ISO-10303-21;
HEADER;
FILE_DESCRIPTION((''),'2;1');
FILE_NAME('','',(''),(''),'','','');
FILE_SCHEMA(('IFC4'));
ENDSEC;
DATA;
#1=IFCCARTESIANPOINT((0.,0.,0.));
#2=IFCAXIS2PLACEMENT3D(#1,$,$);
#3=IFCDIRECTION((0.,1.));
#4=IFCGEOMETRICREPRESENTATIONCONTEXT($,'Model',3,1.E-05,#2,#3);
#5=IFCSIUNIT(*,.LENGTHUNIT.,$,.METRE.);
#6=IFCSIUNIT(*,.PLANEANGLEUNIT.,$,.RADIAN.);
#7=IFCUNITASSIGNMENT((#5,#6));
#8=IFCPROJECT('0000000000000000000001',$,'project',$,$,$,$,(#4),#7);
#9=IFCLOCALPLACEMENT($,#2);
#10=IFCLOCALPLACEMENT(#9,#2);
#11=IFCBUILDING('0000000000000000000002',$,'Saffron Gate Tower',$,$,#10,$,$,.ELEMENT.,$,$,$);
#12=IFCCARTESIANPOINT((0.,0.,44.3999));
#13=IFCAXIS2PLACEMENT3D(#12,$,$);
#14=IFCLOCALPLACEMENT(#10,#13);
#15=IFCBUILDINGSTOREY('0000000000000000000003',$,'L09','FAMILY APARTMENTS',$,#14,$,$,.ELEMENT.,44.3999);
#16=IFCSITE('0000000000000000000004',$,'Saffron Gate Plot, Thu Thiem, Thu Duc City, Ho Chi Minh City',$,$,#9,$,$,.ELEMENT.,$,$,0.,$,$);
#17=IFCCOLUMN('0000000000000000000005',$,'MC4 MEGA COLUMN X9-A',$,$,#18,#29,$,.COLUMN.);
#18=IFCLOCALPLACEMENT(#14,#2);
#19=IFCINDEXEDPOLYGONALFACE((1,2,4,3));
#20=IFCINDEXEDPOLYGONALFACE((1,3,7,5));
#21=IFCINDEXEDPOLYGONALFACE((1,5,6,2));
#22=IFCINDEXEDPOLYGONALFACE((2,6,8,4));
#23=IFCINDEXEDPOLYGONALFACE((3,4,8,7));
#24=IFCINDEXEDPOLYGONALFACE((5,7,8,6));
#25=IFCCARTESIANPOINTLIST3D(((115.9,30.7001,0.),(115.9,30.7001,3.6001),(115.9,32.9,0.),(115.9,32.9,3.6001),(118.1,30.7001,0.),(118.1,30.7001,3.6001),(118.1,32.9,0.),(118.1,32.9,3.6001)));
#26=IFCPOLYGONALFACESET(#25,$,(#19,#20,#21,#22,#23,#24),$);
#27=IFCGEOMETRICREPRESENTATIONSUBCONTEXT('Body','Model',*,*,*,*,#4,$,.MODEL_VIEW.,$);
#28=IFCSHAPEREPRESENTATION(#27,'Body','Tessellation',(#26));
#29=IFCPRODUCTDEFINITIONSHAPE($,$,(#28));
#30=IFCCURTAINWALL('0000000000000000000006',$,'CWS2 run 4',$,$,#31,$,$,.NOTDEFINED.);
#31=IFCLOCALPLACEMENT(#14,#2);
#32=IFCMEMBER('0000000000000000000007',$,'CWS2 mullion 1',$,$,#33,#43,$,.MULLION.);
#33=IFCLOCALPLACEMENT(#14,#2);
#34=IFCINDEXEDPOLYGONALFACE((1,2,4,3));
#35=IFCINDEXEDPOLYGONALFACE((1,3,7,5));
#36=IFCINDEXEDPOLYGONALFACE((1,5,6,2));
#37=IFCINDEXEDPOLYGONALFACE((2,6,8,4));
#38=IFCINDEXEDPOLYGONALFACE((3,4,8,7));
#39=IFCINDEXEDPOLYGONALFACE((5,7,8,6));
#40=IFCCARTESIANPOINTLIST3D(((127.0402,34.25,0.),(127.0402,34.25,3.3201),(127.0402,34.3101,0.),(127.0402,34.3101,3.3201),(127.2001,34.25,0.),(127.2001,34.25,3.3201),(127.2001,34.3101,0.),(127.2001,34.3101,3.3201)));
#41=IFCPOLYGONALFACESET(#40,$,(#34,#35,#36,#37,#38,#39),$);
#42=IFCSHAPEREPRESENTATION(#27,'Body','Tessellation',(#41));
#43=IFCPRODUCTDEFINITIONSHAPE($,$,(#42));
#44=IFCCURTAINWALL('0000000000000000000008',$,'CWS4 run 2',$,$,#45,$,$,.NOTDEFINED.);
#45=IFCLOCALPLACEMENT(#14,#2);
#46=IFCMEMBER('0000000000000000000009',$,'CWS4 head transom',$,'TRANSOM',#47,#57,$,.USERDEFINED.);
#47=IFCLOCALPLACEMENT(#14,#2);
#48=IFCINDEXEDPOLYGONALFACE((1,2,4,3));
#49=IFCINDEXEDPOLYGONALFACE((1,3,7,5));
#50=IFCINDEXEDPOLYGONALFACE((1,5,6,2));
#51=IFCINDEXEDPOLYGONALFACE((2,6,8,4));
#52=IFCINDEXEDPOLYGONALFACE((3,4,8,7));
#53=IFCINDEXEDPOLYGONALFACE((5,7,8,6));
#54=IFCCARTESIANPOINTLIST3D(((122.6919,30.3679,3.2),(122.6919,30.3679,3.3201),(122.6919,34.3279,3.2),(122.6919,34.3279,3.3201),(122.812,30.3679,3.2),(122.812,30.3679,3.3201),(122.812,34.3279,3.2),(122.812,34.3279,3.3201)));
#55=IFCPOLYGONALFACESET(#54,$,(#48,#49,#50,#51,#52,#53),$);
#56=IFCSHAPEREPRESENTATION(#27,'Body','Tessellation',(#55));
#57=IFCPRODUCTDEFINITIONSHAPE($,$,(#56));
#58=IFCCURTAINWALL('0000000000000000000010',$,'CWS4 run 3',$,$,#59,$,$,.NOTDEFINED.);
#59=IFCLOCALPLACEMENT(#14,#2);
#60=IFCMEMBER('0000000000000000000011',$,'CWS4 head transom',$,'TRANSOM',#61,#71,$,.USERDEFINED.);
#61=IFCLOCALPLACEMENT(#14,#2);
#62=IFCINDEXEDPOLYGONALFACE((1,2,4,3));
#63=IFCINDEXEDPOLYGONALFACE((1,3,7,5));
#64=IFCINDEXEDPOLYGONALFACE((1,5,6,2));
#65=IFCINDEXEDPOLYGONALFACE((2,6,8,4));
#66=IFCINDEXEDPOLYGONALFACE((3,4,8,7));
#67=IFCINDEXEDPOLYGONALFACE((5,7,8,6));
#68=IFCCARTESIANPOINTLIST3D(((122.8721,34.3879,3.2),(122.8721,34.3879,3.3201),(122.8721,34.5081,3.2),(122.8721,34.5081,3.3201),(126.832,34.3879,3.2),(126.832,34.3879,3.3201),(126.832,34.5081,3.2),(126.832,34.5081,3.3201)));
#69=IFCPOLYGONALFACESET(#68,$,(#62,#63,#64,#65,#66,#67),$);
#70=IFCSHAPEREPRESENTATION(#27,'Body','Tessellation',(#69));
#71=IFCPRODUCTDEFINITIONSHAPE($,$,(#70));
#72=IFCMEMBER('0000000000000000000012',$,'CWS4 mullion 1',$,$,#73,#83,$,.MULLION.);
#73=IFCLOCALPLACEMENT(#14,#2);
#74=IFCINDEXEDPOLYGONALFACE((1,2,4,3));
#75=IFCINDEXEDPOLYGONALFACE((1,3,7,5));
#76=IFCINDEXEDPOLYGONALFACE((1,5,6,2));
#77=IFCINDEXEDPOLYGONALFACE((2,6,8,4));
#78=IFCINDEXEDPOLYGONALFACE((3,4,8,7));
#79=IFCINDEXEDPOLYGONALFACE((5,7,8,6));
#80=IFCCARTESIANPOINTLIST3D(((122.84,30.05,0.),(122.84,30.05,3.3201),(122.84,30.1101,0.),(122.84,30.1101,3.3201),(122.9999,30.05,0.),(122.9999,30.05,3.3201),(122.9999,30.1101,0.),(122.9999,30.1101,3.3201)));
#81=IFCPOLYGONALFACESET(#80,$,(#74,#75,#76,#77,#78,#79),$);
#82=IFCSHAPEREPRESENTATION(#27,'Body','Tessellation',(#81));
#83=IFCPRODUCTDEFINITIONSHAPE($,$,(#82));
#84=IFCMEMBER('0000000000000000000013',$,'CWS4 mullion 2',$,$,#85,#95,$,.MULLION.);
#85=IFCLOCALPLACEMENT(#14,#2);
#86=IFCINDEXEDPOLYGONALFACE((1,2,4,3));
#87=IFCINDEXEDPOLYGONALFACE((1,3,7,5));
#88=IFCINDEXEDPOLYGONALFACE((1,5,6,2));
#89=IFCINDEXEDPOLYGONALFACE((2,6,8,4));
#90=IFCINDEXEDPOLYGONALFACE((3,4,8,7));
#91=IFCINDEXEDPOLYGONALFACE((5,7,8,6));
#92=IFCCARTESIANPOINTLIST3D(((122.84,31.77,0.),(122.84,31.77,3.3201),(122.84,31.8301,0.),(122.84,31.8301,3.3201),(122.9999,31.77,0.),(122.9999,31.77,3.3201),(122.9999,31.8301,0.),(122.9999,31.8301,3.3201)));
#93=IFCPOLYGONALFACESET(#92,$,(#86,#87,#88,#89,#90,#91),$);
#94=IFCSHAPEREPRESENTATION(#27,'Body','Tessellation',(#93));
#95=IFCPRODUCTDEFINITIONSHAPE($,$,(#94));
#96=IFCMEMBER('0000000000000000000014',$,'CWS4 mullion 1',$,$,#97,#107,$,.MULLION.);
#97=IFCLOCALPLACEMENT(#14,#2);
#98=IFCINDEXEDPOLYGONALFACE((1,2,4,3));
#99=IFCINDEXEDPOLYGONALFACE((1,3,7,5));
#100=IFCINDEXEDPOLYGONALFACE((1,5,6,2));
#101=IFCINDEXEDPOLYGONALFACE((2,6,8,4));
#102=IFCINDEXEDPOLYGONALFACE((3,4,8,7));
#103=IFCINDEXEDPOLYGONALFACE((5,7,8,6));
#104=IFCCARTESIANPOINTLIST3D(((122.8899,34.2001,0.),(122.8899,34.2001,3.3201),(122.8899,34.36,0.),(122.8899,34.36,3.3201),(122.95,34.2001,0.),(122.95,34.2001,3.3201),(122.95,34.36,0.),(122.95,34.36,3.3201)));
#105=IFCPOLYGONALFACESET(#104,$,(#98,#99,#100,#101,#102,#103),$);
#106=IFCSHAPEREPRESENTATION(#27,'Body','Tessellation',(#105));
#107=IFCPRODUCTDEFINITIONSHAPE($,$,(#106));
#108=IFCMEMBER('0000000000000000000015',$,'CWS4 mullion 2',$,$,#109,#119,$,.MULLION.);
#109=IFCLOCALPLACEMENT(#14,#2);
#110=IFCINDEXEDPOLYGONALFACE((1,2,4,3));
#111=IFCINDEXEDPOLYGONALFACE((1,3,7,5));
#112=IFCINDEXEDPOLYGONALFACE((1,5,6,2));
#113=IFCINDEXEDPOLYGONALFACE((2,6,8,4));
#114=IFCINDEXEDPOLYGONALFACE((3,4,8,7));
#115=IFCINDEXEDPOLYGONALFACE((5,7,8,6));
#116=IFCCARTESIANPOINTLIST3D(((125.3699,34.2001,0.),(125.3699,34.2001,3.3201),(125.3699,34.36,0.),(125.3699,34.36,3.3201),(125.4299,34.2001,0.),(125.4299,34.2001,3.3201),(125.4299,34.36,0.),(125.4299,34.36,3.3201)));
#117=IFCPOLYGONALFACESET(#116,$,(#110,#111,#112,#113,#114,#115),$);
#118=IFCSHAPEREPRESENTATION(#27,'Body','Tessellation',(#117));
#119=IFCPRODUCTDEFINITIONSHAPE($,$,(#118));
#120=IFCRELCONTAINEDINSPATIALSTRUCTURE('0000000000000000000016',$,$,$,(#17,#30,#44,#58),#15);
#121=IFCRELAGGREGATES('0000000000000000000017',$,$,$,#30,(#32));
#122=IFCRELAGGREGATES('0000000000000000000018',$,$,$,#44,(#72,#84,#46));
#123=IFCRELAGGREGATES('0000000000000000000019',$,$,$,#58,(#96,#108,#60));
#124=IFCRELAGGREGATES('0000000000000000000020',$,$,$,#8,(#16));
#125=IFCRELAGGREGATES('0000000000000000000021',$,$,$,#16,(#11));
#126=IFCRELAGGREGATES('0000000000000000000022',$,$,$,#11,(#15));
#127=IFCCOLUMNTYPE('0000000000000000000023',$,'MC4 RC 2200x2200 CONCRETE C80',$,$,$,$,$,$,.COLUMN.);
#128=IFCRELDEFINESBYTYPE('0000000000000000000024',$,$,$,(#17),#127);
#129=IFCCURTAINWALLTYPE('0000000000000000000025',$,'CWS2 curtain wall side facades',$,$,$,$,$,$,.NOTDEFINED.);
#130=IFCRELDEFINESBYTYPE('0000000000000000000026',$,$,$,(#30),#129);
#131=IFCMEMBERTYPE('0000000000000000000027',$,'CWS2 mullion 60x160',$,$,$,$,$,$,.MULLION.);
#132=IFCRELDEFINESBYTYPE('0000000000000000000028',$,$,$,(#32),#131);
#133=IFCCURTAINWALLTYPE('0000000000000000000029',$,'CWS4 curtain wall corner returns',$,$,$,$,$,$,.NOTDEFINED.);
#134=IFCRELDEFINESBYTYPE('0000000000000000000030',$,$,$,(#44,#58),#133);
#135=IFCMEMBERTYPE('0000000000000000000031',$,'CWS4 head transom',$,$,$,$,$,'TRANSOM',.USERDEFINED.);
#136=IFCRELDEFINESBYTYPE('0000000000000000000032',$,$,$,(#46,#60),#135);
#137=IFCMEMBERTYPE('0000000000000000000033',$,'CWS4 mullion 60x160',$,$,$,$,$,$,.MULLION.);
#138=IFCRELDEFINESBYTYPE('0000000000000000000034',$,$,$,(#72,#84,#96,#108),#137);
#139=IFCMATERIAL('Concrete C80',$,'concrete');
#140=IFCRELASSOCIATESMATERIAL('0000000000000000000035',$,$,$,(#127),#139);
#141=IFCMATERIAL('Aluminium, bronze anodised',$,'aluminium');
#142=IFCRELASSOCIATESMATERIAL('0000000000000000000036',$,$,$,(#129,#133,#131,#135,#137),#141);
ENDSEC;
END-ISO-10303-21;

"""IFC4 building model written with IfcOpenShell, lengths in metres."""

from ifc_helpers import new_model, si_unit, direction, frame, origin, origin_2d, place, context, subcontext, project, spatial, rectangle, extrude, material, material_profile, profile_set, type_object, element, aggregate, save


model = new_model("IFC4")

# Units and contexts
model_context = context("Model", 3, precision=1e-05, world=origin(), true_north=direction((0.0, 1.0)))
body_context = subcontext(model_context, "Body", "Model", "MODEL_VIEW")
ifc_project = project(units=[si_unit("LENGTHUNIT", "METRE"), si_unit("PLANEANGLEUNIT", "RADIAN")], contexts=[model_context])

# Site, building, storey
site_placement = place(None, origin())
site = spatial("IfcSite", under=ifc_project, at=site_placement, Name="Saffron Gate Plot, Thu Thiem, Thu Duc City, Ho Chi Minh City", CompositionType="ELEMENT", RefElevation=0.0)
building_placement = place(site_placement, origin())
building = spatial("IfcBuilding", under=site, at=building_placement, Name="Saffron Gate Tower", CompositionType="ELEMENT")
storey_placement = place(building_placement, frame((0.0, 0.0, 44.3999)))
storey = spatial("IfcBuildingStorey", under=building, at=storey_placement, Name="L09", Description="FAMILY APARTMENTS", CompositionType="ELEMENT", Elevation=44.3999)

# Column
ifc_material_1 = material(Name="Concrete C80", Category="concrete")
ifc_material_profile_1 = material_profile(ifc_material_1, rectangle(XDim=2.2, YDim=2.2, at=origin_2d()))
ifc_profile_set_1 = profile_set([ifc_material_profile_1], Name="Concrete C80")
column_type = type_object("IfcColumnType", Name="MC4 RC 2200x2200 CONCRETE C80", PredefinedType="COLUMN", material=ifc_profile_set_1)
column_placement = place(storey_placement, frame((117.0, 31.8, 0.0), z_axis=(0.0, 0.0, 1.0), x_axis=(1.0, 0.0, 0.0)))
element("IfcColumn", 1, at=column_placement, inside=storey, type_object=column_type, Name="MC4 MEGA COLUMN X9-A", PredefinedType="COLUMN", context=body_context, shape_type="SweptSolid", body=[
    extrude(rectangle(XDim=2.2, YDim=2.2, at=origin_2d()), origin(), (0.0, 0.0, 1.0), 3.6001),
])

# Curtain walls, members
ifc_material_2 = material(Name="Aluminium, bronze anodised", Category="aluminium")
curtain_wall_type_1 = type_object("IfcCurtainWallType", Name="CWS2 curtain wall side facades", PredefinedType="NOTDEFINED", material=ifc_material_2)
curtain_wall_1_placement = place(storey_placement, origin())
curtain_wall_1 = element("IfcCurtainWall", 2, at=curtain_wall_1_placement, inside=storey, type_object=curtain_wall_type_1, Name="CWS2 run 4", PredefinedType="NOTDEFINED")
ifc_material_profile_2 = material_profile(ifc_material_2, rectangle(XDim=0.1599, YDim=0.0601, at=origin_2d()))
ifc_profile_set_2 = profile_set([ifc_material_profile_2], Name="Aluminium, bronze anodised")
member_type_1 = type_object("IfcMemberType", Name="CWS2 mullion 60x160", PredefinedType="MULLION", material=ifc_profile_set_2)
member_1_placement = place(storey_placement, frame((127.1201, 34.28, 0.0), z_axis=(0.0, 0.0, 1.0), x_axis=(-1.0, 0.0, 0.0)))
member_1 = element("IfcMember", 3, at=member_1_placement, type_object=member_type_1, Name="CWS2 mullion 1", PredefinedType="MULLION", context=body_context, shape_type="SweptSolid", body=[
    extrude(rectangle(XDim=0.1599, YDim=0.0601, at=origin_2d()), origin(), (0.0, 0.0, 1.0), 3.3201),
])
curtain_wall_type_2 = type_object("IfcCurtainWallType", Name="CWS4 curtain wall corner returns", PredefinedType="NOTDEFINED", material=ifc_material_2)
curtain_wall_2_placement = place(storey_placement, origin())
curtain_wall_2 = element("IfcCurtainWall", 4, at=curtain_wall_2_placement, inside=storey, type_object=curtain_wall_type_2, Name="CWS4 run 2", PredefinedType="NOTDEFINED")
ifc_material_profile_3 = material_profile(ifc_material_2, rectangle(XDim=0.1201, YDim=0.1201, at=origin_2d()))
ifc_profile_set_3 = profile_set([ifc_material_profile_3], Name="Aluminium, bronze anodised")
member_type_2 = type_object("IfcMemberType", Name="CWS4 head transom", ElementType="TRANSOM", PredefinedType="USERDEFINED", material=ifc_profile_set_3)
member_2_placement = place(storey_placement, frame((122.752, 30.3679, 3.26), z_axis=(0.0, 1.0, 0.0), x_axis=(-1.0, 0.0, 0.0)))
member_2 = element("IfcMember", 5, at=member_2_placement, type_object=member_type_2, Name="CWS4 head transom", ObjectType="TRANSOM", PredefinedType="USERDEFINED", context=body_context, shape_type="SweptSolid", body=[
    extrude(rectangle(XDim=0.1201, YDim=0.1201, at=origin_2d()), origin(), (0.0, 0.0, 1.0), 3.96),
])
curtain_wall_3_placement = place(storey_placement, origin())
curtain_wall_3 = element("IfcCurtainWall", 6, at=curtain_wall_3_placement, inside=storey, type_object=curtain_wall_type_2, Name="CWS4 run 3", PredefinedType="NOTDEFINED")
member_3_placement = place(storey_placement, frame((122.8721, 34.448, 3.26), z_axis=(1.0, 0.0, 0.0), x_axis=(0.0, 1.0, 0.0)))
member_3 = element("IfcMember", 7, at=member_3_placement, type_object=member_type_2, Name="CWS4 head transom", ObjectType="TRANSOM", PredefinedType="USERDEFINED", context=body_context, shape_type="SweptSolid", body=[
    extrude(rectangle(XDim=0.1201, YDim=0.1201, at=origin_2d()), origin(), (0.0, 0.0, 1.0), 3.96),
])

# Members
ifc_material_profile_4 = material_profile(ifc_material_2, rectangle(XDim=0.1599, YDim=0.0601, at=origin_2d()))
ifc_profile_set_4 = profile_set([ifc_material_profile_4], Name="Aluminium, bronze anodised")
member_type_3 = type_object("IfcMemberType", Name="CWS4 mullion 60x160", PredefinedType="MULLION", material=ifc_profile_set_4)
member_4_placement = place(storey_placement, frame((122.9199, 30.0801, 0.0), z_axis=(0.0, 0.0, 1.0), x_axis=(-1.0, 0.0, 0.0)))
member_4 = element("IfcMember", 8, at=member_4_placement, type_object=member_type_3, Name="CWS4 mullion 1", PredefinedType="MULLION", context=body_context, shape_type="SweptSolid", body=[
    extrude(rectangle(XDim=0.1599, YDim=0.0601, at=origin_2d()), origin(), (0.0, 0.0, 1.0), 3.3201),
])
member_5_placement = place(storey_placement, frame((122.9199, 31.8, 0.0), z_axis=(0.0, 0.0, 1.0), x_axis=(-1.0, 0.0, 0.0)))
member_5 = element("IfcMember", 9, at=member_5_placement, type_object=member_type_3, Name="CWS4 mullion 2", PredefinedType="MULLION", context=body_context, shape_type="SweptSolid", body=[
    extrude(rectangle(XDim=0.1599, YDim=0.0601, at=origin_2d()), origin(), (0.0, 0.0, 1.0), 3.3201),
])
member_6_placement = place(storey_placement, frame((122.9199, 34.28, 0.0), z_axis=(0.0, 0.0, 1.0), x_axis=(0.0, 1.0, 0.0)))
member_6 = element("IfcMember", 10, at=member_6_placement, type_object=member_type_3, Name="CWS4 mullion 1", PredefinedType="MULLION", context=body_context, shape_type="SweptSolid", body=[
    extrude(rectangle(XDim=0.1599, YDim=0.0601, at=origin_2d()), origin(), (0.0, 0.0, 1.0), 3.3201),
])
member_7_placement = place(storey_placement, frame((125.3999, 34.28, 0.0), z_axis=(0.0, 0.0, 1.0), x_axis=(0.0, 1.0, 0.0)))
member_7 = element("IfcMember", 11, at=member_7_placement, type_object=member_type_3, Name="CWS4 mullion 2", PredefinedType="MULLION", context=body_context, shape_type="SweptSolid", body=[
    extrude(rectangle(XDim=0.1599, YDim=0.0601, at=origin_2d()), origin(), (0.0, 0.0, 1.0), 3.3201),
])

aggregate(curtain_wall_1, [member_1])

aggregate(curtain_wall_2, [member_4, member_5, member_2])
aggregate(curtain_wall_3, [member_6, member_7, member_3])

save(model, "model.ifc")
